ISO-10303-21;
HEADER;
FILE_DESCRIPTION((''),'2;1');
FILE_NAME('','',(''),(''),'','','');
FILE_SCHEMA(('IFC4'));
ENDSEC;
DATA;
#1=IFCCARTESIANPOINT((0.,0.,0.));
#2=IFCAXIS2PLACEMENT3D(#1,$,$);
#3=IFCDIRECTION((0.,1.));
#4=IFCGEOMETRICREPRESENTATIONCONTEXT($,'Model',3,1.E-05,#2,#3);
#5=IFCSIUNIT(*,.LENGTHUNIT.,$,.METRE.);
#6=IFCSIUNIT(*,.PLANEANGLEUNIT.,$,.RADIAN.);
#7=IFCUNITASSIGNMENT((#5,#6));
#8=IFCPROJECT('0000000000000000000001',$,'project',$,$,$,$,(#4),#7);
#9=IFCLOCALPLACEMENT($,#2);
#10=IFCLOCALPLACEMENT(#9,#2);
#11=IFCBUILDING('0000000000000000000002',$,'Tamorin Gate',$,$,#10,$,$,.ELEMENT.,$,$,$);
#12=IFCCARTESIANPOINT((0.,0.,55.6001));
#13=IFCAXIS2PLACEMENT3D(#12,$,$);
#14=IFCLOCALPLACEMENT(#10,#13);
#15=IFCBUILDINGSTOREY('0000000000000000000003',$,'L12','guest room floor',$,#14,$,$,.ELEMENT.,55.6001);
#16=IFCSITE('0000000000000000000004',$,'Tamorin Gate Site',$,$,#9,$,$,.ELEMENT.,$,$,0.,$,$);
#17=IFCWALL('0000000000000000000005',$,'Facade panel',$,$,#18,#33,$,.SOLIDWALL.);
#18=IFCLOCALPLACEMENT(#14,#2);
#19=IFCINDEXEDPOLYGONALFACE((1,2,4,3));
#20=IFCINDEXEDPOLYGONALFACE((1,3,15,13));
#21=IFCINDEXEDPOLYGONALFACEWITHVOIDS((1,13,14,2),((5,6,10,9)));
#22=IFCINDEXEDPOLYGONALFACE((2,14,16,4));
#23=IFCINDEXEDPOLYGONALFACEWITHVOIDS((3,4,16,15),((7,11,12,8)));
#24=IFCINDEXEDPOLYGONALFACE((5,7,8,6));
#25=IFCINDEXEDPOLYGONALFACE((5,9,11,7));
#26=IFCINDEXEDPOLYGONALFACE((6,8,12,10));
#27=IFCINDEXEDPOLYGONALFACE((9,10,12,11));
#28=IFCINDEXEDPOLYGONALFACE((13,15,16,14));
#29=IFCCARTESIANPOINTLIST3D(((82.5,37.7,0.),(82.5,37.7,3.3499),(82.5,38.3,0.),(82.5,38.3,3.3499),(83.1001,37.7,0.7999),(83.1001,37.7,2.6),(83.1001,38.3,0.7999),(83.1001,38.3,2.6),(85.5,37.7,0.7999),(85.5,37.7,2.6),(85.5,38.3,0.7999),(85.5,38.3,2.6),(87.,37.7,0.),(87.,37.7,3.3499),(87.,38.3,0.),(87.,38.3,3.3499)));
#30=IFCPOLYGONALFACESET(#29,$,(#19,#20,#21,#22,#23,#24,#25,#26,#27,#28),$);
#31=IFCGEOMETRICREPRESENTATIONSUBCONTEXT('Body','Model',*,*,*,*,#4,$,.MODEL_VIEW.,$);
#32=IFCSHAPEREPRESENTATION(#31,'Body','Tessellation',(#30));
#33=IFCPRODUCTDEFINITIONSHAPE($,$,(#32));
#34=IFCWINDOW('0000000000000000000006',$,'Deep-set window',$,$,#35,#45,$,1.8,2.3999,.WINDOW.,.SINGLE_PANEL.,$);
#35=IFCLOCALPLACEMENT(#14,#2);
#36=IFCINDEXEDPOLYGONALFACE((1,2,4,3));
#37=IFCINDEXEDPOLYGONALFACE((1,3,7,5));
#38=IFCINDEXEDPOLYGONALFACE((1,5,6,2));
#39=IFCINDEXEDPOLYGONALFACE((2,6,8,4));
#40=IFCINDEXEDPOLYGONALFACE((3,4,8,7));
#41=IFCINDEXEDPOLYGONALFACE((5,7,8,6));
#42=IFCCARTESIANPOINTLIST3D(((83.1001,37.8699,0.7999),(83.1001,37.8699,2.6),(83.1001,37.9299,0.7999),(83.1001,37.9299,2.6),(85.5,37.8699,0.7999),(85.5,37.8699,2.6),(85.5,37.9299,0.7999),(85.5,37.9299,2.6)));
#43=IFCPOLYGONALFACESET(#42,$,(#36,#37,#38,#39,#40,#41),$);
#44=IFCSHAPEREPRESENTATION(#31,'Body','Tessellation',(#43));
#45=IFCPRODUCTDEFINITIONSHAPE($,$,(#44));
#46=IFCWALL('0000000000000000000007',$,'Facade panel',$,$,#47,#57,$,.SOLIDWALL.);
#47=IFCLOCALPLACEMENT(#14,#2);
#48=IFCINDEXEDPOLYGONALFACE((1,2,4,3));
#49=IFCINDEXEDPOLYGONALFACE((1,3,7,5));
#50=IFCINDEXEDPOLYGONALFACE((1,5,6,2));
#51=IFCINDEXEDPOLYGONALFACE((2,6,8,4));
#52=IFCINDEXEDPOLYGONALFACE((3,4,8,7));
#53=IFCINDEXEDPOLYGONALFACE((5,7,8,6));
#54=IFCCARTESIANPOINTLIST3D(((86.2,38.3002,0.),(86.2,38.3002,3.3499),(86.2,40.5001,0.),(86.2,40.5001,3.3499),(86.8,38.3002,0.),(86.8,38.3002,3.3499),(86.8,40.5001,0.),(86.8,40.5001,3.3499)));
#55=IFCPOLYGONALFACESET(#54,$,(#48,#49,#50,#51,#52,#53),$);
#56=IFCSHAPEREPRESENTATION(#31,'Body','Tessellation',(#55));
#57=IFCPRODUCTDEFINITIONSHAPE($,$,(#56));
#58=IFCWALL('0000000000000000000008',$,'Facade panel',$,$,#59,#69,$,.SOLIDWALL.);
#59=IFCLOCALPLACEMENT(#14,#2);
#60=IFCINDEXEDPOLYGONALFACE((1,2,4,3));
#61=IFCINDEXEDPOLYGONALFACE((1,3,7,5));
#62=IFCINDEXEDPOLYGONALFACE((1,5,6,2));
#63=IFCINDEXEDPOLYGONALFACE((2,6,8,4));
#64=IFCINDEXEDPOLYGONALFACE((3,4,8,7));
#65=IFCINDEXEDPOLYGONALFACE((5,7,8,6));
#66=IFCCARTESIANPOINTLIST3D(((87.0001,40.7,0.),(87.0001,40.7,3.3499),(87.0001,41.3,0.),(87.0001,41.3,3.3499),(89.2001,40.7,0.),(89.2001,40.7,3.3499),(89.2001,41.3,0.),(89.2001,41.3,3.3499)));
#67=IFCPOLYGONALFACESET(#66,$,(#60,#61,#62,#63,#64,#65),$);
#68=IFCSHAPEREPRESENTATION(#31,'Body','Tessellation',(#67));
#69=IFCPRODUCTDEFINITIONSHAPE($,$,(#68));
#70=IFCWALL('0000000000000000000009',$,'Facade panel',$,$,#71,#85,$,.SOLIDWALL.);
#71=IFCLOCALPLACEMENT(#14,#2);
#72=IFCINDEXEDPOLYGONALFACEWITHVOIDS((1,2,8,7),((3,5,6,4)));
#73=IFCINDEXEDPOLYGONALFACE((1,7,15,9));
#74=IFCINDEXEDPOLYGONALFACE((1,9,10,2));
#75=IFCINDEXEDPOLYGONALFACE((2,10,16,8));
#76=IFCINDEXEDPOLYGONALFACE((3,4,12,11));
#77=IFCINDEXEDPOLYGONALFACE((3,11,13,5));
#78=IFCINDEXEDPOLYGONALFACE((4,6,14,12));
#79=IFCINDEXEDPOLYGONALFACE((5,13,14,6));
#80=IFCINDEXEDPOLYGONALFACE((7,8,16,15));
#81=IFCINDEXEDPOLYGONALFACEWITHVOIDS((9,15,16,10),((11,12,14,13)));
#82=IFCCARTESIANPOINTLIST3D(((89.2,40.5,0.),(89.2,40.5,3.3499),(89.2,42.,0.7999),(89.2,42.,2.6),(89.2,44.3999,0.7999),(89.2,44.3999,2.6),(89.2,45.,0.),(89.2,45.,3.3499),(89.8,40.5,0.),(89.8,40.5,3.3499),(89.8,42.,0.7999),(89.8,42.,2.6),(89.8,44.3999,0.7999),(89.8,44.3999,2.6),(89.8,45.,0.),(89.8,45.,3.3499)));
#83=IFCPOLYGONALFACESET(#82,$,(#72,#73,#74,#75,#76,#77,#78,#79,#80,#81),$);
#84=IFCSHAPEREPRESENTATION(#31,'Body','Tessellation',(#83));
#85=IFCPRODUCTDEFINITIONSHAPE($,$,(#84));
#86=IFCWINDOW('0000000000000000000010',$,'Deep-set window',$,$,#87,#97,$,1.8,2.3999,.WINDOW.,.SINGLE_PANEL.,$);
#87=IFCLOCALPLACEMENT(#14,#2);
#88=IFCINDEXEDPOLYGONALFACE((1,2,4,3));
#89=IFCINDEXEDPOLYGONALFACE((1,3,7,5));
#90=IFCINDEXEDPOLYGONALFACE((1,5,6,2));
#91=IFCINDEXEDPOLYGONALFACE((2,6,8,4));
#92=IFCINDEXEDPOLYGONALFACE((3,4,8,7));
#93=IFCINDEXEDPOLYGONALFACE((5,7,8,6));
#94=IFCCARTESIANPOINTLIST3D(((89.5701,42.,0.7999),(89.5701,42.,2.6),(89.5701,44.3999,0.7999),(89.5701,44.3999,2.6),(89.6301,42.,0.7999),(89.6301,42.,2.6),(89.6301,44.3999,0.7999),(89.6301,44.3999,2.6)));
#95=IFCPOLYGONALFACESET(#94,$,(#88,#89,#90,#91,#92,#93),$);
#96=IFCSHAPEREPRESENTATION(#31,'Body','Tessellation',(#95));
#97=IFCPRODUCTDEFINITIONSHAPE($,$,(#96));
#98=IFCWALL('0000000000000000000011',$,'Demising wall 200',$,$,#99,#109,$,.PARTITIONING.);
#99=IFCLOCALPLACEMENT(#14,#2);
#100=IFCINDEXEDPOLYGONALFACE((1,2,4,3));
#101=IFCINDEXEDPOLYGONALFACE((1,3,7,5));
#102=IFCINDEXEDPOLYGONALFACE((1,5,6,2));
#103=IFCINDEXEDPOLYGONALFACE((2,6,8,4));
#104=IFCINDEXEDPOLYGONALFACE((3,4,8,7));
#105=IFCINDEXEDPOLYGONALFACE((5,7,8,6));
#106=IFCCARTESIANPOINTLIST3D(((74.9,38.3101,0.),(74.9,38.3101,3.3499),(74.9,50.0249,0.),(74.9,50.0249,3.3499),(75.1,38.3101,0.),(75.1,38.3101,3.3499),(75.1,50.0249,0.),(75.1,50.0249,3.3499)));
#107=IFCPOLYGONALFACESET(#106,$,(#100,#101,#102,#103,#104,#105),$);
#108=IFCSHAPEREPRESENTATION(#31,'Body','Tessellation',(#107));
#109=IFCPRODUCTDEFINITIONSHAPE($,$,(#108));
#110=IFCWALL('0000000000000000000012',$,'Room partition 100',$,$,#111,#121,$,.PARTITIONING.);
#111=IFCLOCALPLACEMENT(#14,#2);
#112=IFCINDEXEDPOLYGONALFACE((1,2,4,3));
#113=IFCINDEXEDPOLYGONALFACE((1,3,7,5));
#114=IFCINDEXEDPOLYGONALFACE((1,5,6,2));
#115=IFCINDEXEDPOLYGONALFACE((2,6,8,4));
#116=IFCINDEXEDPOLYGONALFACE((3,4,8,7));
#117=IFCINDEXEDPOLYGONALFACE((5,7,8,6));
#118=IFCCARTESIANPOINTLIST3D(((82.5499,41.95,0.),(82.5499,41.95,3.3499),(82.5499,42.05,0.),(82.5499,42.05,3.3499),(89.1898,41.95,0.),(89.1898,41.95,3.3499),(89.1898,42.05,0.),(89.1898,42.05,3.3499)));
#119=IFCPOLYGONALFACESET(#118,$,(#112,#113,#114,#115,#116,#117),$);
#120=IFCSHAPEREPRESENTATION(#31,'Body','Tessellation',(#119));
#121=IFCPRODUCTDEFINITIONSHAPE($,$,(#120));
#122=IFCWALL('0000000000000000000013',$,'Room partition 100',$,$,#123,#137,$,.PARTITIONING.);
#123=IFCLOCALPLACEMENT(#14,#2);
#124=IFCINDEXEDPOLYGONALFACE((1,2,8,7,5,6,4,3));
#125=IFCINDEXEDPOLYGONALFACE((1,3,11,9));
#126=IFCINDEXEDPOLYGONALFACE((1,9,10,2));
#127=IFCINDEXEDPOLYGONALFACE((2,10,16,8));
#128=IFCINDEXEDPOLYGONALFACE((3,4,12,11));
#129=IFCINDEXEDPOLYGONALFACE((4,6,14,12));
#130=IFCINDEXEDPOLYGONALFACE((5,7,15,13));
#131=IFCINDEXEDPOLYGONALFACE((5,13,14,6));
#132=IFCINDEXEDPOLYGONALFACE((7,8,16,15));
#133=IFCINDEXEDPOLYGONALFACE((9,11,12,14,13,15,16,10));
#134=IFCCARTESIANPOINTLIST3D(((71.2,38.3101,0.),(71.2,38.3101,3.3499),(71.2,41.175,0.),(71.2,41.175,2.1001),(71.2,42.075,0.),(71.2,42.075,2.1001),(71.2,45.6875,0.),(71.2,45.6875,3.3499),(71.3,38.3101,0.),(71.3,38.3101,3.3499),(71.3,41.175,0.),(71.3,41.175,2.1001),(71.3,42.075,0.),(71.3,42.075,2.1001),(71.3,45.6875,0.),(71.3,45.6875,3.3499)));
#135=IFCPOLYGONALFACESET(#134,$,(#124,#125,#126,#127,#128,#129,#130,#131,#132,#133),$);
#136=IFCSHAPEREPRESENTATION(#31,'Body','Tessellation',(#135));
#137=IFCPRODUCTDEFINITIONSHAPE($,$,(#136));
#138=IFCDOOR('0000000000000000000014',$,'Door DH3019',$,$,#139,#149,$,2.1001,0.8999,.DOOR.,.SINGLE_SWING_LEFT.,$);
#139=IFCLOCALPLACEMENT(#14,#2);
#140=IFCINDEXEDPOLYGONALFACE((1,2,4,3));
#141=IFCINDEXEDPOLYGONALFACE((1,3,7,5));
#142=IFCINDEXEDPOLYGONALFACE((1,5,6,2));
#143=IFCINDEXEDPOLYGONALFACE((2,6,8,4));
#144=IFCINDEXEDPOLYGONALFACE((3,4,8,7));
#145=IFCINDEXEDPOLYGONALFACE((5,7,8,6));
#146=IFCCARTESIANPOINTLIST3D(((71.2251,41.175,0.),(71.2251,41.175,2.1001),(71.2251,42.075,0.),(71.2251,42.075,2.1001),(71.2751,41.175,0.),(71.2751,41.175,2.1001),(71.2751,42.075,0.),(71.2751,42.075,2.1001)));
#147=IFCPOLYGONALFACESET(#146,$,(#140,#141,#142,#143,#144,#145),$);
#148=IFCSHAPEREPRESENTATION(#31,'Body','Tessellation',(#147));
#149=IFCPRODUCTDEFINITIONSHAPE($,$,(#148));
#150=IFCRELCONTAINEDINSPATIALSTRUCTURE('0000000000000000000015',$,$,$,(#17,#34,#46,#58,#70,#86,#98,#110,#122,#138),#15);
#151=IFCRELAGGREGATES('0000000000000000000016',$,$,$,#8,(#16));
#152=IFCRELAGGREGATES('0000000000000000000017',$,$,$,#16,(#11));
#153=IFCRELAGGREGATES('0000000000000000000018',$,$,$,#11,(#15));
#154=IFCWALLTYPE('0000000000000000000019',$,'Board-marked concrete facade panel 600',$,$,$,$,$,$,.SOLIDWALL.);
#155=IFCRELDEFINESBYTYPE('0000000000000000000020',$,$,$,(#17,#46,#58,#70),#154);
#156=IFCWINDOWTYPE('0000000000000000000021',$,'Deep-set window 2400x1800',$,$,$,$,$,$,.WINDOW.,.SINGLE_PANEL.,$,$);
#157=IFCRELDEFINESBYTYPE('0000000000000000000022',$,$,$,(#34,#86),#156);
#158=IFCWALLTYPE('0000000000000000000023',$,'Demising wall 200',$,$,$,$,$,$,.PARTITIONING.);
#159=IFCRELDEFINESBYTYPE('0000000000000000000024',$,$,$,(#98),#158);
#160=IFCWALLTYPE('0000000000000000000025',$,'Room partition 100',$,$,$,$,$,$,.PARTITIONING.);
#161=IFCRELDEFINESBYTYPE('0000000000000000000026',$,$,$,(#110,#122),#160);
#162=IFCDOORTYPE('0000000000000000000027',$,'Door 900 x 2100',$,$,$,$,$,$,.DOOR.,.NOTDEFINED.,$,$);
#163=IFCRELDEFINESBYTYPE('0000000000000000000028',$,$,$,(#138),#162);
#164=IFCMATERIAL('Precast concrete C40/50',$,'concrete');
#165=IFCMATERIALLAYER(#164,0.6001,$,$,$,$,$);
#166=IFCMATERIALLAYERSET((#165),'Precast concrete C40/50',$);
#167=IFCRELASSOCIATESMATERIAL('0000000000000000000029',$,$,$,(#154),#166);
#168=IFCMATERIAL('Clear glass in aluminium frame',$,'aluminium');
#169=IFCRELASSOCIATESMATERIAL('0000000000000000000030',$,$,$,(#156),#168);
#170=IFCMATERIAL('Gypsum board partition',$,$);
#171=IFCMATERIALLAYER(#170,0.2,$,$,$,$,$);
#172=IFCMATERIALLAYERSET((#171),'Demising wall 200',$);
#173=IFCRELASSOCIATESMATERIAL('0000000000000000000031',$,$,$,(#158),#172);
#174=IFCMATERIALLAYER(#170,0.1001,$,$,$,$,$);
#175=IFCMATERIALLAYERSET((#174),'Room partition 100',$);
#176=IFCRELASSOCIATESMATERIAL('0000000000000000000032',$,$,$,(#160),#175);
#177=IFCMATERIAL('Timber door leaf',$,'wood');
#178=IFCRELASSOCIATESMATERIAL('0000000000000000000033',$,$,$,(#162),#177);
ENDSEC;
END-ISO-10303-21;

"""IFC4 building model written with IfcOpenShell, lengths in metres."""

from ifc_helpers import new_model, si_unit, direction, frame, frame_2d, origin, place, context, subcontext, project, spatial, rectangle, extrude, material, layer, layer_set, type_object, element, fill, save


model = new_model("IFC4")

# Units and contexts
model_context = context("Model", 3, precision=1e-05, world=origin(), true_north=direction((0.0, 1.0)))
body_context = subcontext(model_context, "Body", "Model", "MODEL_VIEW")
ifc_project = project(units=[si_unit("LENGTHUNIT", "METRE"), si_unit("PLANEANGLEUNIT", "RADIAN")], contexts=[model_context])

# Site, building, storey
site_placement = place(None, origin())
site = spatial("IfcSite", under=ifc_project, at=site_placement, Name="Tamorin Gate Site", CompositionType="ELEMENT", RefElevation=0.0)
building_placement = place(site_placement, origin())
building = spatial("IfcBuilding", under=site, at=building_placement, Name="Tamorin Gate", CompositionType="ELEMENT")
storey_placement = place(building_placement, frame((0.0, 0.0, 55.6001)))
storey = spatial("IfcBuildingStorey", under=building, at=storey_placement, Name="L12", Description="guest room floor", CompositionType="ELEMENT", Elevation=55.6001)

# Shared definitions
ifc_material_1 = material(Name="Precast concrete C40/50", Category="concrete")
ifc_layer_1 = layer(ifc_material_1, 0.6001)
ifc_layer_set_1 = layer_set([ifc_layer_1], Name="Precast concrete C40/50")
wall_type_1 = type_object("IfcWallType", Name="Board-marked concrete facade panel 600", PredefinedType="SOLIDWALL", material=ifc_layer_set_1)
ifc_material_2 = material(Name="Clear glass in aluminium frame", Category="aluminium")
window_type = type_object("IfcWindowType", Name="Deep-set window 2400x1800", PartitioningType="SINGLE_PANEL", PredefinedType="WINDOW", material=ifc_material_2)

# Wall, opening, window
wall_1_placement = place(storey_placement, frame((82.5, 38.0, 0.0), z_axis=(0.0, 0.0, 1.0), x_axis=(1.0, 0.0, 0.0)))
wall_1 = element("IfcWall", 1, at=wall_1_placement, inside=storey, type_object=wall_type_1, Name="Facade panel", PredefinedType="SOLIDWALL", context=body_context, shape_type="SweptSolid", body=[
    extrude(rectangle(XDim=4.5, YDim=0.6001, at=frame_2d((2.25, 0.0))), origin(), (0.0, 0.0, 1.0), 3.3499),
])
opening_1_placement = place(wall_1_placement, frame((0.6001, 0.0, 0.8)))
opening_1 = element("IfcOpeningElement", 2, at=opening_1_placement, cuts=wall_1, PredefinedType="OPENING", context=body_context, shape_type="SweptSolid", body=[
    extrude(rectangle(XDim=2.3999, YDim=1.8, at=frame_2d((1.2, 0.8999))), frame((0.0, 0.3101, 0.0), z_axis=(0.0, -1.0, 0.0), x_axis=(1.0, 0.0, 0.0)), (0.0, 0.0, 1.0), 0.6201),
])
window_1_placement = place(opening_1_placement, origin())
window_1 = element("IfcWindow", 3, at=window_1_placement, inside=storey, type_object=window_type, Name="Deep-set window", OverallHeight=1.8, OverallWidth=2.3999, PartitioningType="SINGLE_PANEL", PredefinedType="WINDOW", context=body_context, shape_type="SweptSolid", body=[
    extrude(rectangle(XDim=2.3999, YDim=1.8, at=frame_2d((1.2, 0.8999))), frame((0.0, -0.0701, 0.0), z_axis=(0.0, -1.0, 0.0), x_axis=(1.0, 0.0, 0.0)), (0.0, 0.0, 1.0), 0.0601),
])
fill(opening_1, window_1)

# Walls
for number, where, z_axis, x_axis, name in (
    (4, (86.5, 38.3, 0.0), (0.0, 0.0, 1.0), (0.0, 1.0, 0.0), "Facade panel"),
    (5, (87.0, 41.0, 0.0), (0.0, 0.0, 1.0), (1.0, 0.0, 0.0), "Facade panel"),
):
    element("IfcWall", number, at=place(storey_placement, frame(where, z_axis=z_axis, x_axis=x_axis)), inside=storey, type_object=wall_type_1, Name=name, PredefinedType="SOLIDWALL", context=body_context, shape_type="SweptSolid", body=[
        extrude(rectangle(XDim=2.2, YDim=0.6001, at=frame_2d((1.1001, 0.0))), origin(), (0.0, 0.0, 1.0), 3.3499),
    ])

# Wall, opening, window
wall_2_placement = place(storey_placement, frame((89.5, 40.5, 0.0), z_axis=(0.0, 0.0, 1.0), x_axis=(0.0, 1.0, 0.0)))
wall_2 = element("IfcWall", 6, at=wall_2_placement, inside=storey, type_object=wall_type_1, Name="Facade panel", PredefinedType="SOLIDWALL", context=body_context, shape_type="SweptSolid", body=[
    extrude(rectangle(XDim=4.5, YDim=0.6001, at=frame_2d((2.25, 0.0))), origin(), (0.0, 0.0, 1.0), 3.3499),
])
opening_2_placement = place(wall_2_placement, frame((1.5, 0.0, 0.8)))
opening_2 = element("IfcOpeningElement", 7, at=opening_2_placement, cuts=wall_2, PredefinedType="OPENING", context=body_context, shape_type="SweptSolid", body=[
    extrude(rectangle(XDim=2.3999, YDim=1.8, at=frame_2d((1.2, 0.8999))), frame((0.0, 0.3101, 0.0), z_axis=(0.0, -1.0, 0.0), x_axis=(1.0, 0.0, 0.0)), (0.0, 0.0, 1.0), 0.6201),
])
window_2_placement = place(opening_2_placement, origin())
window_2 = element("IfcWindow", 8, at=window_2_placement, inside=storey, type_object=window_type, Name="Deep-set window", OverallHeight=1.8, OverallWidth=2.3999, PartitioningType="SINGLE_PANEL", PredefinedType="WINDOW", context=body_context, shape_type="SweptSolid", body=[
    extrude(rectangle(XDim=2.3999, YDim=1.8, at=frame_2d((1.2, 0.8999))), frame((0.0, -0.0701, 0.0), z_axis=(0.0, -1.0, 0.0), x_axis=(1.0, 0.0, 0.0)), (0.0, 0.0, 1.0), 0.0601),
])
fill(opening_2, window_2)

# Walls
ifc_material_3 = material(Name="Gypsum board partition")
ifc_layer_2 = layer(ifc_material_3, 0.2)
ifc_layer_set_2 = layer_set([ifc_layer_2], Name="Demising wall 200")
wall_type_2 = type_object("IfcWallType", Name="Demising wall 200", PredefinedType="PARTITIONING", material=ifc_layer_set_2)
wall_3_placement = place(storey_placement, frame((75.0, 38.3101, 0.0), z_axis=(0.0, 0.0, 1.0), x_axis=(0.0, 1.0, 0.0)))
element("IfcWall", 9, at=wall_3_placement, inside=storey, type_object=wall_type_2, Name="Demising wall 200", PredefinedType="PARTITIONING", context=body_context, shape_type="SweptSolid", body=[
    extrude(rectangle(XDim=11.7148, YDim=0.2, at=frame_2d((5.8574, 0.0))), origin(), (0.0, 0.0, 1.0), 3.3499),
])
ifc_layer_3 = layer(ifc_material_3, 0.1001)
ifc_layer_set_3 = layer_set([ifc_layer_3], Name="Room partition 100")
wall_type_3 = type_object("IfcWallType", Name="Room partition 100", PredefinedType="PARTITIONING", material=ifc_layer_set_3)
wall_4_placement = place(storey_placement, frame((82.55, 42.0, 0.0), z_axis=(0.0, 0.0, 1.0), x_axis=(1.0, 0.0, 0.0)))
element("IfcWall", 10, at=wall_4_placement, inside=storey, type_object=wall_type_3, Name="Room partition 100", PredefinedType="PARTITIONING", context=body_context, shape_type="SweptSolid", body=[
    extrude(rectangle(XDim=6.6399, YDim=0.1001, at=frame_2d((3.3198, 0.0))), origin(), (0.0, 0.0, 1.0), 3.3499),
])

# Wall, opening, door
wall_5_placement = place(storey_placement, frame((71.25, 38.3101, 0.0), z_axis=(0.0, 0.0, 1.0), x_axis=(0.0, 1.0, 0.0)))
wall_5 = element("IfcWall", 11, at=wall_5_placement, inside=storey, type_object=wall_type_3, Name="Room partition 100", PredefinedType="PARTITIONING", context=body_context, shape_type="SweptSolid", body=[
    extrude(rectangle(XDim=7.3774, YDim=0.1001, at=frame_2d((3.6887, 0.0))), origin(), (0.0, 0.0, 1.0), 3.3499),
])
opening_3_placement = place(wall_5_placement, frame((2.865, 0.0, 0.0)))
opening_3 = element("IfcOpeningElement", 12, at=opening_3_placement, cuts=wall_5, PredefinedType="OPENING", context=body_context, shape_type="SweptSolid", body=[
    extrude(rectangle(XDim=0.8999, YDim=2.1001, at=frame_2d((0.45, 1.05))), frame((0.0, 0.0601, 0.0), z_axis=(0.0, -1.0, 0.0), x_axis=(1.0, 0.0, 0.0)), (0.0, 0.0, 1.0), 0.1201),
])
ifc_material_4 = material(Name="Timber door leaf", Category="wood")
door_type = type_object("IfcDoorType", Name="Door 900 x 2100", OperationType="NOTDEFINED", PredefinedType="DOOR", material=ifc_material_4)
door_1_placement = place(opening_3_placement, origin())
door_1 = element("IfcDoor", 13, at=door_1_placement, inside=storey, type_object=door_type, Name="Door DH3019", OperationType="SINGLE_SWING_LEFT", OverallHeight=2.1001, OverallWidth=0.8999, PredefinedType="DOOR", context=body_context, shape_type="SweptSolid", body=[
    extrude(rectangle(XDim=0.8999, YDim=2.1001, at=frame_2d((0.45, 1.05))), frame((0.0, 0.0249, 0.0), z_axis=(0.0, -1.0, 0.0), x_axis=(1.0, 0.0, 0.0)), (0.0, 0.0, 1.0), 0.05),
])
fill(opening_3, door_1)

save(model, "model.ifc")
